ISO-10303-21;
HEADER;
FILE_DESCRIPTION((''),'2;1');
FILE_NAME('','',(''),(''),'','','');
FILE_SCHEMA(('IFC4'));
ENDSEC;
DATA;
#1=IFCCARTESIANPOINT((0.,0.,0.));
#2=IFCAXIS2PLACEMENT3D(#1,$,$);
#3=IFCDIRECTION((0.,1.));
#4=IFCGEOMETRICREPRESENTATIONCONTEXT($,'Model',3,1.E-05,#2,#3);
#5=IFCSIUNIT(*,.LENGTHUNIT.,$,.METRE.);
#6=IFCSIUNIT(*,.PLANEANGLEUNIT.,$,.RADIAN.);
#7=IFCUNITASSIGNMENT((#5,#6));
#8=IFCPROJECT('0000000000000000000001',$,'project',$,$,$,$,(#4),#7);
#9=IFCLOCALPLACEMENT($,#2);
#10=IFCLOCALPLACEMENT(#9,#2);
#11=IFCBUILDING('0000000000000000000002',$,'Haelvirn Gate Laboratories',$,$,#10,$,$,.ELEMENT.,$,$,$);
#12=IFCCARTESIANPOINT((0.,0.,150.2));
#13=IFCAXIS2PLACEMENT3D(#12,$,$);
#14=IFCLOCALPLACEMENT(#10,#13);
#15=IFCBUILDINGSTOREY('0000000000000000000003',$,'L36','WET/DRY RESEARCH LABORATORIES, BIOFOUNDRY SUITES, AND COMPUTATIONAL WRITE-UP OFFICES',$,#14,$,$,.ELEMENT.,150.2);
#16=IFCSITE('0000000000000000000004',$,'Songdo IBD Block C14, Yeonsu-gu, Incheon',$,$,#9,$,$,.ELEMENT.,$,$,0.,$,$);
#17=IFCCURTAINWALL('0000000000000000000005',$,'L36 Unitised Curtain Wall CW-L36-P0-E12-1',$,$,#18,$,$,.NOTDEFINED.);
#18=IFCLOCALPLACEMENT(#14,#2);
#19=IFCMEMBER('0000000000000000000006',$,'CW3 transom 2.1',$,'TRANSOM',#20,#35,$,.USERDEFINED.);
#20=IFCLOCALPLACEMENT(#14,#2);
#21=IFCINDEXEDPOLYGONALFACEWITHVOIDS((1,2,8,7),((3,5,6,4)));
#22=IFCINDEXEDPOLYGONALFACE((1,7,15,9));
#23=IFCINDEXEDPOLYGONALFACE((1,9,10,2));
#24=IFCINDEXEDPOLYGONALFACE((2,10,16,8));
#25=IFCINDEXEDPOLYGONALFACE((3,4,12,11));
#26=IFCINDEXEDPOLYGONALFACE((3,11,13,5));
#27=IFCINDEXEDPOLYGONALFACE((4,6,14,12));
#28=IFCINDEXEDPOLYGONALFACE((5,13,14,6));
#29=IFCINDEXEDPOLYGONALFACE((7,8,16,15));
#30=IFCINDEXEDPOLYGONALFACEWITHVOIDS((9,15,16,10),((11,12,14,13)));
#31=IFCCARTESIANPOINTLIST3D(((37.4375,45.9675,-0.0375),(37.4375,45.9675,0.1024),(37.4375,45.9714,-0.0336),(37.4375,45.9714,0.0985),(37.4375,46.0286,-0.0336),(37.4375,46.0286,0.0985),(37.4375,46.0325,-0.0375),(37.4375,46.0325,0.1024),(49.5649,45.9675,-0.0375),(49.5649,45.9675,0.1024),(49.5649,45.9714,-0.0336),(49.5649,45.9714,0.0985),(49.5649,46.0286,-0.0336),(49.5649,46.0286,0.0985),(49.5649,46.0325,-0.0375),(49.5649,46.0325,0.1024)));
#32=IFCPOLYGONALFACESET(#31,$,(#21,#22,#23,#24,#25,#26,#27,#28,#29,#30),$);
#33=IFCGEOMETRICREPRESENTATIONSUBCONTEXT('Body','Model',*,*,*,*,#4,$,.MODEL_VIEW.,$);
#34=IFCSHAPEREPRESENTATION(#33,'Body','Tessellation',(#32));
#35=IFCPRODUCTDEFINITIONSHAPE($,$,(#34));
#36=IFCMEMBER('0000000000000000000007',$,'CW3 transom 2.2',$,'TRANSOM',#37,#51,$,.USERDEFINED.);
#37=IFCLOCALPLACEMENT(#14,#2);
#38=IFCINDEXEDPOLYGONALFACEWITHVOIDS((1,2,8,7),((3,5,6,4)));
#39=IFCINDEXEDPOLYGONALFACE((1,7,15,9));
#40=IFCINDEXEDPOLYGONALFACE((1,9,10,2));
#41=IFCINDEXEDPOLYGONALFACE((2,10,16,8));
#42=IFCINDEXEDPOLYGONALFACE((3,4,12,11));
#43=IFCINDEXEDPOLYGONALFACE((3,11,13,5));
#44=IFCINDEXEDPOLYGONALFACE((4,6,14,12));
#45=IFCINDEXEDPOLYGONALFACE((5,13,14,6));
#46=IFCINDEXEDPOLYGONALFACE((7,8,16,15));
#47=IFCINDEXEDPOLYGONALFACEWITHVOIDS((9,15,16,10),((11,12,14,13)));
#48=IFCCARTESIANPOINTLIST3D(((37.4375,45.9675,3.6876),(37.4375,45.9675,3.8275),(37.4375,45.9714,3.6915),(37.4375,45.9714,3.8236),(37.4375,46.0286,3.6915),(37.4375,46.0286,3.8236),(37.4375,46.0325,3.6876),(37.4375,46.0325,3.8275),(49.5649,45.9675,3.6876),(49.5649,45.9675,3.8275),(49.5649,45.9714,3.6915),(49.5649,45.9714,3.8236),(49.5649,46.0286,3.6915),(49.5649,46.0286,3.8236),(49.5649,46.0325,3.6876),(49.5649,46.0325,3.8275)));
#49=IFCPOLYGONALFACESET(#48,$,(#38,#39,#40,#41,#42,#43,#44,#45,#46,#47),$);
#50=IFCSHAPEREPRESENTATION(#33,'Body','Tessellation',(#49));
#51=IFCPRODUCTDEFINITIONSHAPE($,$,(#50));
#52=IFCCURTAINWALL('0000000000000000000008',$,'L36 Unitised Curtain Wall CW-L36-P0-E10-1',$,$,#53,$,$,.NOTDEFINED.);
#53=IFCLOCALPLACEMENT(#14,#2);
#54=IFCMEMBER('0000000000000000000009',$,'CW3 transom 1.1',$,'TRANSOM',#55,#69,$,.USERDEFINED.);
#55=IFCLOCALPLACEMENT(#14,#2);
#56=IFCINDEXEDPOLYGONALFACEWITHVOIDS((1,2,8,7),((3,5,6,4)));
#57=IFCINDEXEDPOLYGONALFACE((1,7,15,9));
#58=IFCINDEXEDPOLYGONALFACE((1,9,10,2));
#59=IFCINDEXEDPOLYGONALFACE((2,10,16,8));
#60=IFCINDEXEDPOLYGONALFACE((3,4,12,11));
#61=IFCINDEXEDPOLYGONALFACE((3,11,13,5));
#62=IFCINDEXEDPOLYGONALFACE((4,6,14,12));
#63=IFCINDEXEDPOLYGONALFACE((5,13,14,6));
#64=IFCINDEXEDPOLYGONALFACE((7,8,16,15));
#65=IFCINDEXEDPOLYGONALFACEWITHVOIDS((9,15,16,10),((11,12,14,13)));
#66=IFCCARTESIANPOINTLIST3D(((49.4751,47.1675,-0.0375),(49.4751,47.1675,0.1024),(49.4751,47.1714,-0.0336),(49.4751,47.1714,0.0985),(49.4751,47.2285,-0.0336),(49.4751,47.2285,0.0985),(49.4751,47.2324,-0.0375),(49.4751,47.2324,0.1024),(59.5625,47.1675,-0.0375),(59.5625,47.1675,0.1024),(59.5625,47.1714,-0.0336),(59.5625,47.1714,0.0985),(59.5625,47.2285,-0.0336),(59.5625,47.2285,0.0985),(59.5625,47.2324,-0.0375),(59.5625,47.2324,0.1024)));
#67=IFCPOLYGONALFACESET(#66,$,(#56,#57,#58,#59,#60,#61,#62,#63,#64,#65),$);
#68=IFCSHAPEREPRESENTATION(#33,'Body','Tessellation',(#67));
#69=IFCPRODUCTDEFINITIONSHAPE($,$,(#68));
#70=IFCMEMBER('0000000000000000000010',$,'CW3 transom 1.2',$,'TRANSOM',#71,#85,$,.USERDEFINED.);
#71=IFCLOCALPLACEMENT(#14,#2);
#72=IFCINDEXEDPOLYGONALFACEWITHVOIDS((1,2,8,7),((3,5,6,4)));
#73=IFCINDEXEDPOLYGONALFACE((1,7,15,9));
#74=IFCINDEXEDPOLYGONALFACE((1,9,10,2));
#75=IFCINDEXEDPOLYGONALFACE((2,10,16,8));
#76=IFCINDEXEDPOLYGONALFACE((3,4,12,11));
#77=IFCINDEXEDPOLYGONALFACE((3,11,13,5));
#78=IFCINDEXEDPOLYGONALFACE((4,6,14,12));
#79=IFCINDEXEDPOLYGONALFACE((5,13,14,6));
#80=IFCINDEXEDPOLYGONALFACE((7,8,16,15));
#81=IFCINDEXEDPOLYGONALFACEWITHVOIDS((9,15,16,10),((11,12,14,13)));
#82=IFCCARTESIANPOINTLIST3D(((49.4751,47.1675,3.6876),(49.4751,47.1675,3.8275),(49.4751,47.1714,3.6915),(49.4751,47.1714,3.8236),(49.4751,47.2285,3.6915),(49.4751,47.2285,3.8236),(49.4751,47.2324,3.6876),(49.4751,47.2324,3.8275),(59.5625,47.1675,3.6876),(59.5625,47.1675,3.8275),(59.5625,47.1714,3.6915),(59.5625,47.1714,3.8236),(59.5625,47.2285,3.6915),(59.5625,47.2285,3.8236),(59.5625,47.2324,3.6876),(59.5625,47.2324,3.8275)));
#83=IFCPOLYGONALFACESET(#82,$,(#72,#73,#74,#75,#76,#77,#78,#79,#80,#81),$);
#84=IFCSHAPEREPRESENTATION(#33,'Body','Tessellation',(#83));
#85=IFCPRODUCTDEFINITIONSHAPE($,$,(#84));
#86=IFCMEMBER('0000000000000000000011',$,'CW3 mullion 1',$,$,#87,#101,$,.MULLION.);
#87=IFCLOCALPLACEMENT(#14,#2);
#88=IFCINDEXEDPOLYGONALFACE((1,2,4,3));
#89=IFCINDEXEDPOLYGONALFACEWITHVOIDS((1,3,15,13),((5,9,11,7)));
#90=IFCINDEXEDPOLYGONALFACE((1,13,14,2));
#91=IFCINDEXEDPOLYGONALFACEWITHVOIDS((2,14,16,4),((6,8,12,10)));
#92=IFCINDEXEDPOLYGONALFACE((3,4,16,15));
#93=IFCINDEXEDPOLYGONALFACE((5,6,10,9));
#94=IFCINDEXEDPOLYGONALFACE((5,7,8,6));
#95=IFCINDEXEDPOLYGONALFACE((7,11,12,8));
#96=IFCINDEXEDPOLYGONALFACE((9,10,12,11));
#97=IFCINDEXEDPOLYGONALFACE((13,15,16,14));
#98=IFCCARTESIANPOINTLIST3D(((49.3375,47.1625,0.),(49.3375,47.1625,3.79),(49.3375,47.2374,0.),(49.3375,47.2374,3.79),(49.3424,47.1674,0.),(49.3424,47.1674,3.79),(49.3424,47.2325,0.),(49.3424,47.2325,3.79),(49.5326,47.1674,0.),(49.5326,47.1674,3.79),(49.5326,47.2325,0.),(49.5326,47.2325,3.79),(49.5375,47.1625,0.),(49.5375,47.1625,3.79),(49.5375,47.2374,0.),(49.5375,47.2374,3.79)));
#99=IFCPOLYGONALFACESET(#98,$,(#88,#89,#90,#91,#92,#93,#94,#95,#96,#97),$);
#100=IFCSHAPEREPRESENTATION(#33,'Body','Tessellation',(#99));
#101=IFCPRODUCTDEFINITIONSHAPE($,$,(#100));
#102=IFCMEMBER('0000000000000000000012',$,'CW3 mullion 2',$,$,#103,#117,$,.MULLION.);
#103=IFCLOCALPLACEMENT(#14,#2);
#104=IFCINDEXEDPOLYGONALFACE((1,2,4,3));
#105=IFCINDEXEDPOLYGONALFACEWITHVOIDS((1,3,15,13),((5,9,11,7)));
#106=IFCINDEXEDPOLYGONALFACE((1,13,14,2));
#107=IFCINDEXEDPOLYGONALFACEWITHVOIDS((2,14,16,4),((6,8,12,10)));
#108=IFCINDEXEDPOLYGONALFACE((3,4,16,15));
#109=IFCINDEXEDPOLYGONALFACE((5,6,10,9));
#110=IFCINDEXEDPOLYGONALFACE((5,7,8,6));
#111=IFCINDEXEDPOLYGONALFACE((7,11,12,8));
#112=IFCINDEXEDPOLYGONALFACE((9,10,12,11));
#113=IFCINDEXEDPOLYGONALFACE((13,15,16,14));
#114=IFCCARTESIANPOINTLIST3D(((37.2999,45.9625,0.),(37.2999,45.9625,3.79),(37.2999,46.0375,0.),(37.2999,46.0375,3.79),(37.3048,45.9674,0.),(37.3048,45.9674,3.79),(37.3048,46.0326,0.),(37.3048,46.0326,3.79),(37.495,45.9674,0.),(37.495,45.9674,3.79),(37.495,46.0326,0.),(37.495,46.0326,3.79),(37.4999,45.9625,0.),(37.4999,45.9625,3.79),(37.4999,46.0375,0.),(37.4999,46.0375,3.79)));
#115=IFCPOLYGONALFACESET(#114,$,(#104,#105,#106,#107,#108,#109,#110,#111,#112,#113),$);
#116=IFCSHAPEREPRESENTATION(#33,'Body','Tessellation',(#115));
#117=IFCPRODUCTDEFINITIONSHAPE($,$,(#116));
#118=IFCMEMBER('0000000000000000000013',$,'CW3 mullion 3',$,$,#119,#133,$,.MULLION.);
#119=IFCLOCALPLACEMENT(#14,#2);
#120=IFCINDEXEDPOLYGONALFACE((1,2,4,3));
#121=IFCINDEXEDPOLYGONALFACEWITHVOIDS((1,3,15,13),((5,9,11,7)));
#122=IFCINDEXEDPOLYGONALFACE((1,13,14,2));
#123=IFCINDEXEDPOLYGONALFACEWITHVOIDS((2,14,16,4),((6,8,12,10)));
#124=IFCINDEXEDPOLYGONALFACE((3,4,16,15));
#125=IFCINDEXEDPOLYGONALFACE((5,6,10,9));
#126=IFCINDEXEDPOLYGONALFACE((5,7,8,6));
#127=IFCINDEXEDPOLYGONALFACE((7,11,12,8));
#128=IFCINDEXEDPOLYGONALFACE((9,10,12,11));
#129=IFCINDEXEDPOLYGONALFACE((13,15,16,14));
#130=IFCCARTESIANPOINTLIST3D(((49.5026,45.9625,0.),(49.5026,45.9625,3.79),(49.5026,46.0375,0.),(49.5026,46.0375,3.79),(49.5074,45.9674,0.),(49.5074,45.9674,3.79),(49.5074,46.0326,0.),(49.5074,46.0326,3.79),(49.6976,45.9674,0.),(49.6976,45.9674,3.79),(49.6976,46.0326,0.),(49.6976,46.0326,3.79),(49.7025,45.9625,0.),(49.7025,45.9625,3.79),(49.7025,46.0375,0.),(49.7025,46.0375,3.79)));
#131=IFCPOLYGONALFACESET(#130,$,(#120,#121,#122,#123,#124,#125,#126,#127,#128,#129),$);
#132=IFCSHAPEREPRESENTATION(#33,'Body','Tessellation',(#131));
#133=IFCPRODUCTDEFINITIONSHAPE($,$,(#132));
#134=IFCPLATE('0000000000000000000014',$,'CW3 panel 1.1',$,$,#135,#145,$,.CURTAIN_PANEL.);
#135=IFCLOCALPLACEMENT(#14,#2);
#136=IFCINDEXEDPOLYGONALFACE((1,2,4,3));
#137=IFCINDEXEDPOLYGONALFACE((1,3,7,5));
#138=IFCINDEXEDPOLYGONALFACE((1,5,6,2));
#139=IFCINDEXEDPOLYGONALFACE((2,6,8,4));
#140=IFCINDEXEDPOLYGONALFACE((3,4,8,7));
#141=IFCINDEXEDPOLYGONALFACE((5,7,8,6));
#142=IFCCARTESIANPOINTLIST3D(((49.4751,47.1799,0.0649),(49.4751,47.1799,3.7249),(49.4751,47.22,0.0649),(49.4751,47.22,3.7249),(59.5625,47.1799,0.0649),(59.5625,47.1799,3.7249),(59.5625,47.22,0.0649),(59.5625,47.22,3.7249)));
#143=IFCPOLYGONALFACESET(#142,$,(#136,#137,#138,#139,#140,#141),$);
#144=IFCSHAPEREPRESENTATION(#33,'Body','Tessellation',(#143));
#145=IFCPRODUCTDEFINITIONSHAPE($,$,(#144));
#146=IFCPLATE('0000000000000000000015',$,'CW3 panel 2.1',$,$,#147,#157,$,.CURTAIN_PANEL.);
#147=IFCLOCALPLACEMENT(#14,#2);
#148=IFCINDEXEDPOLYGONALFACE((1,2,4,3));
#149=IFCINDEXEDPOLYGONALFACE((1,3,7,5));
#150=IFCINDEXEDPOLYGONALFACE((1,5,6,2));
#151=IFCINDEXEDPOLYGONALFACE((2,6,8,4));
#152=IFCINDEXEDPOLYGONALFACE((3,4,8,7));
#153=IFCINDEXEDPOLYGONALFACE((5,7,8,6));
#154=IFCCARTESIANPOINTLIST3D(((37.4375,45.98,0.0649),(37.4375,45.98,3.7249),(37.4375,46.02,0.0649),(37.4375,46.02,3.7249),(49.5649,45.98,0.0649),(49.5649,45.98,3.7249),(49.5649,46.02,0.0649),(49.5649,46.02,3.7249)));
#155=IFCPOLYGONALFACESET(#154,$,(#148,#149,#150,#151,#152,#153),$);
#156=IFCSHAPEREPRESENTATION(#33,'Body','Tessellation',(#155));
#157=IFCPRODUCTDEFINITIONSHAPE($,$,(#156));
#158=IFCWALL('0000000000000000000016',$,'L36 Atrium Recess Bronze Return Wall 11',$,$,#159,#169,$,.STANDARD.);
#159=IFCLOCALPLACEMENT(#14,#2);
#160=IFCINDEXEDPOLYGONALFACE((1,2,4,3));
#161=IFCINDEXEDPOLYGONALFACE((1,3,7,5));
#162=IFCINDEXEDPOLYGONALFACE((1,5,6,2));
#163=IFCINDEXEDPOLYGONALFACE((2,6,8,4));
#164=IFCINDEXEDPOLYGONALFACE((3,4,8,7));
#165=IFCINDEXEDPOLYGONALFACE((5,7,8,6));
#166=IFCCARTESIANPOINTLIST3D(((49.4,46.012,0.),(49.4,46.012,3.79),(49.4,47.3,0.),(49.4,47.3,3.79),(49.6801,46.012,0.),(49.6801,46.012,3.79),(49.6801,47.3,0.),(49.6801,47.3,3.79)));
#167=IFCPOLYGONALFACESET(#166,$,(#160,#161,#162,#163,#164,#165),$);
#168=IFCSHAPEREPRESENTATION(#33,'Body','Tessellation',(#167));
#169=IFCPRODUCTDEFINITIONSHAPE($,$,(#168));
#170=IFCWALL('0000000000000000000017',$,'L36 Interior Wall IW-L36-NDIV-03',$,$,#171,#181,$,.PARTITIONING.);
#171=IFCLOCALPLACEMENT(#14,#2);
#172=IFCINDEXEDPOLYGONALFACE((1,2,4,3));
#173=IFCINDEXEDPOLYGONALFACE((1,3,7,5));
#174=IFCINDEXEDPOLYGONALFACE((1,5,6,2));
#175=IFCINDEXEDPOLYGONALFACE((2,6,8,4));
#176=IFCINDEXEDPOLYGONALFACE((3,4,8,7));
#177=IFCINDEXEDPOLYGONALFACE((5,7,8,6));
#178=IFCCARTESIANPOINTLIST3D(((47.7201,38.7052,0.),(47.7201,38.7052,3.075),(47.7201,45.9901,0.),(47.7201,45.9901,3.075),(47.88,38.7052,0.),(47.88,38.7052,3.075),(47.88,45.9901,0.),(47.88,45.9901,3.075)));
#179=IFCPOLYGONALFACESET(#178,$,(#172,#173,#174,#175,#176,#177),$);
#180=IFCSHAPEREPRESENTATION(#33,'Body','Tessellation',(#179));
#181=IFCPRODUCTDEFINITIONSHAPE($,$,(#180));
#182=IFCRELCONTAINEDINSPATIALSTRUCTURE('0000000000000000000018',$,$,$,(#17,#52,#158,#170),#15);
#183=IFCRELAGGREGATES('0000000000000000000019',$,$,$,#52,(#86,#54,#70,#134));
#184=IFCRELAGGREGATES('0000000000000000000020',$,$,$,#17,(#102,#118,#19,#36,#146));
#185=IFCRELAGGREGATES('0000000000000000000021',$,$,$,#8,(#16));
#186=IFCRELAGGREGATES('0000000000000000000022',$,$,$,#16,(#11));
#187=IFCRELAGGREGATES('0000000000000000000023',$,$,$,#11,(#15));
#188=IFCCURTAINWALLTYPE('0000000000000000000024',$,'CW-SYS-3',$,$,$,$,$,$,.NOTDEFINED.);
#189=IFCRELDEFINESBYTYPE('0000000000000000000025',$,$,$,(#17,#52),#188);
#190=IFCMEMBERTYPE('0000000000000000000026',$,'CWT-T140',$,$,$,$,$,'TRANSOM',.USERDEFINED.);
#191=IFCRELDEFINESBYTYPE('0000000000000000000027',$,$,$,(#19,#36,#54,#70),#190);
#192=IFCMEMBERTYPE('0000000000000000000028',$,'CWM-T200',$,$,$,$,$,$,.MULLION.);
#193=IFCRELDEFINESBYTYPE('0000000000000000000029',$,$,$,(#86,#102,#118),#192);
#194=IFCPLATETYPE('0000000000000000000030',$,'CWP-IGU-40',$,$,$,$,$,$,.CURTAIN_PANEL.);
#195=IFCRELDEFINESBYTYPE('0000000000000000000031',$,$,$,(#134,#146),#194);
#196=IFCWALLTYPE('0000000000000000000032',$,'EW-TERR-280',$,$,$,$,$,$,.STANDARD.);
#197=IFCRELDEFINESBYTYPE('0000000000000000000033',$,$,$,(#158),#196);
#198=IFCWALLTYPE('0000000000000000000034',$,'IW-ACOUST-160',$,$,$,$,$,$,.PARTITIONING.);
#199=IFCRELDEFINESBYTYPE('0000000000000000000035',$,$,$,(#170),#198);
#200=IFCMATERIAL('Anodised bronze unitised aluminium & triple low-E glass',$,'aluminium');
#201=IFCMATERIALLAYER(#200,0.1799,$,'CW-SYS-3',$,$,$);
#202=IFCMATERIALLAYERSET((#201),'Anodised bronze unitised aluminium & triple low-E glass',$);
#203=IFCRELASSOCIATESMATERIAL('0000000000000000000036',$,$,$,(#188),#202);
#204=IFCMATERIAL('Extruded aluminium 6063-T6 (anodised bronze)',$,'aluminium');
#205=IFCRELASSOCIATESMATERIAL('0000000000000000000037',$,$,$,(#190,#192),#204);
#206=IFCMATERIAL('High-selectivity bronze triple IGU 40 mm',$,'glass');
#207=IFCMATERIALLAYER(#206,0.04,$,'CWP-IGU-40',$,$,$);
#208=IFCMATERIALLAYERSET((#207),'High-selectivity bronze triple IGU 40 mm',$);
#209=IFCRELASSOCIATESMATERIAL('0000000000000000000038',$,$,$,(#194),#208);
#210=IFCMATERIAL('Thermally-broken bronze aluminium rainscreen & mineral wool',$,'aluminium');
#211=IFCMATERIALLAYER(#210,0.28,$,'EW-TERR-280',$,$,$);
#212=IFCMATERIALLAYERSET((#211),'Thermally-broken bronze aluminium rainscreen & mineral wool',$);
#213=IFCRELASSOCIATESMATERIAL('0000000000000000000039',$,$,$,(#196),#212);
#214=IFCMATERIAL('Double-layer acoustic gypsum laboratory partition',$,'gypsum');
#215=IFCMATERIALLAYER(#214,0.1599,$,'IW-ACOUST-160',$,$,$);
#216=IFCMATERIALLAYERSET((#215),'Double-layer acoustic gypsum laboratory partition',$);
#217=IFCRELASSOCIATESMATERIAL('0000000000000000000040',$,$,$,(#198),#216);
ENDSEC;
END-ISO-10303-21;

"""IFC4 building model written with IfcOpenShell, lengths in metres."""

from ifc_helpers import new_model, si_unit, direction, frame, frame_2d, origin, origin_2d, place, context, subcontext, project, spatial, rectangle, hollow_rectangle, extrude, source, transform, mapped, material, layer, layer_set, material_profile, profile_set, type_object, type_shapes, element, aggregate, save


model = new_model("IFC4")

# Units and contexts
model_context = context("Model", 3, precision=1e-05, world=origin(), true_north=direction((0.0, 1.0)))
body_context = subcontext(model_context, "Body", "Model", "MODEL_VIEW")
ifc_project = project(units=[si_unit("LENGTHUNIT", "METRE"), si_unit("PLANEANGLEUNIT", "RADIAN")], contexts=[model_context])

# Site, building, storey
site_placement = place(None, origin())
site = spatial("IfcSite", under=ifc_project, at=site_placement, Name="Songdo IBD Block C14, Yeonsu-gu, Incheon", CompositionType="ELEMENT", RefElevation=0.0)
building_placement = place(site_placement, origin())
building = spatial("IfcBuilding", under=site, at=building_placement, Name="Haelvirn Gate Laboratories", CompositionType="ELEMENT")
storey_placement = place(building_placement, frame((0.0, 0.0, 150.2)))
storey = spatial("IfcBuildingStorey", under=building, at=storey_placement, Name="L36", Description="WET/DRY RESEARCH LABORATORIES, BIOFOUNDRY SUITES, AND COMPUTATIONAL WRITE-UP OFFICES", CompositionType="ELEMENT", Elevation=150.2)

# Curtain walls, members
ifc_material_1 = material(Name="Anodised bronze unitised aluminium & triple low-E glass", Category="aluminium")
ifc_layer_1 = layer(ifc_material_1, 0.1799, Name="CW-SYS-3")
ifc_layer_set_1 = layer_set([ifc_layer_1], Name="Anodised bronze unitised aluminium & triple low-E glass")
curtain_wall_type = type_object("IfcCurtainWallType", Name="CW-SYS-3", PredefinedType="NOTDEFINED", material=ifc_layer_set_1)
curtain_wall_1_placement = place(storey_placement, origin())
curtain_wall_1 = element("IfcCurtainWall", 1, at=curtain_wall_1_placement, inside=storey, type_object=curtain_wall_type, Name="L36 Unitised Curtain Wall CW-L36-P0-E12-1", PredefinedType="NOTDEFINED")
ifc_material_2 = material(Name="Extruded aluminium 6063-T6 (anodised bronze)", Category="aluminium")
ifc_material_profile_1 = material_profile(ifc_material_2, hollow_rectangle(XDim=0.0649, YDim=0.1399, WallThickness=0.0039, at=origin_2d()), Name="CWT-140x65x4")
ifc_profile_set_1 = profile_set([ifc_material_profile_1], Name="Extruded aluminium 6063-T6 (anodised bronze)")
member_type_1 = type_object("IfcMemberType", Name="CWT-T140", ElementType="TRANSOM", PredefinedType="USERDEFINED", material=ifc_profile_set_1)
shared_shape_1 = source(origin(), body_context, "Body", "SweptSolid", [
    extrude(hollow_rectangle(XDim=0.0649, YDim=0.1399, WallThickness=0.0039, at=origin_2d()), origin(), (0.0, 0.0, 1.0), 12.1274),
])
member_1_placement = place(storey_placement, frame((37.4375, 46.0, 0.0325), z_axis=(1.0, 0.0, 0.0), x_axis=(0.0, 1.0, 0.0)))
member_1 = element("IfcMember", 2, at=member_1_placement, type_object=member_type_1, Name="CW3 transom 2.1", ObjectType="TRANSOM", PredefinedType="USERDEFINED", context=body_context, shape_type="MappedRepresentation", body=[
    mapped(shared_shape_1, transform((0.0, 0.0, 0.0), scale=1.0)),
])
member_2_placement = place(storey_placement, frame((37.4375, 46.0, 3.7576), z_axis=(1.0, 0.0, 0.0), x_axis=(0.0, 1.0, 0.0)))
member_2 = element("IfcMember", 3, at=member_2_placement, type_object=member_type_1, Name="CW3 transom 2.2", ObjectType="TRANSOM", PredefinedType="USERDEFINED", context=body_context, shape_type="MappedRepresentation", body=[
    mapped(shared_shape_1, transform((0.0, 0.0, 0.0), scale=1.0)),
])
curtain_wall_2_placement = place(storey_placement, origin())
curtain_wall_2 = element("IfcCurtainWall", 4, at=curtain_wall_2_placement, inside=storey, type_object=curtain_wall_type, Name="L36 Unitised Curtain Wall CW-L36-P0-E10-1", PredefinedType="NOTDEFINED")
shared_shape_2 = source(origin(), body_context, "Body", "SweptSolid", [
    extrude(hollow_rectangle(XDim=0.0649, YDim=0.1399, WallThickness=0.0039, at=origin_2d()), origin(), (0.0, 0.0, 1.0), 10.0874),
])
type_shapes(member_type_1, [shared_shape_1, shared_shape_2])
member_3_placement = place(storey_placement, frame((49.4751, 47.2, 0.0325), z_axis=(1.0, 0.0, 0.0), x_axis=(0.0, 1.0, 0.0)))
member_3 = element("IfcMember", 5, at=member_3_placement, type_object=member_type_1, Name="CW3 transom 1.1", ObjectType="TRANSOM", PredefinedType="USERDEFINED", context=body_context, shape_type="MappedRepresentation", body=[
    mapped(shared_shape_2, transform((0.0, 0.0, 0.0), scale=1.0)),
])
member_4_placement = place(storey_placement, frame((49.4751, 47.2, 3.7576), z_axis=(1.0, 0.0, 0.0), x_axis=(0.0, 1.0, 0.0)))
member_4 = element("IfcMember", 6, at=member_4_placement, type_object=member_type_1, Name="CW3 transom 1.2", ObjectType="TRANSOM", PredefinedType="USERDEFINED", context=body_context, shape_type="MappedRepresentation", body=[
    mapped(shared_shape_2, transform((0.0, 0.0, 0.0), scale=1.0)),
])
ifc_material_profile_2 = material_profile(ifc_material_2, hollow_rectangle(XDim=0.075, YDim=0.2, WallThickness=0.0049, at=origin_2d()), Name="CWM-200x75x5")
ifc_profile_set_2 = profile_set([ifc_material_profile_2], Name="Extruded aluminium 6063-T6 (anodised bronze)")
member_type_2 = type_object("IfcMemberType", Name="CWM-T200", PredefinedType="MULLION", material=ifc_profile_set_2)
shared_shape_3 = source(origin(), body_context, "Body", "SweptSolid", [
    extrude(hollow_rectangle(XDim=0.075, YDim=0.2, WallThickness=0.0049, at=origin_2d()), origin(), (0.0, 0.0, 1.0), 3.79),
])
type_shapes(member_type_2, [shared_shape_3])
member_5_placement = place(storey_placement, frame((49.4375, 47.2, 0.0), z_axis=(0.0, 0.0, 1.0), x_axis=(0.0, 1.0, 0.0)))
member_5 = element("IfcMember", 7, at=member_5_placement, type_object=member_type_2, Name="CW3 mullion 1", PredefinedType="MULLION", context=body_context, shape_type="MappedRepresentation", body=[
    mapped(shared_shape_3, transform((0.0, 0.0, 0.0), scale=1.0)),
])

# Members
member_6_placement = place(storey_placement, frame((37.3999, 46.0, 0.0), z_axis=(0.0, 0.0, 1.0), x_axis=(0.0, 1.0, 0.0)))
member_6 = element("IfcMember", 8, at=member_6_placement, type_object=member_type_2, Name="CW3 mullion 2", PredefinedType="MULLION", context=body_context, shape_type="MappedRepresentation", body=[
    mapped(shared_shape_3, transform((0.0, 0.0, 0.0), scale=1.0)),
])
member_7_placement = place(storey_placement, frame((49.6025, 46.0, 0.0), z_axis=(0.0, 0.0, 1.0), x_axis=(0.0, 1.0, 0.0)))
member_7 = element("IfcMember", 9, at=member_7_placement, type_object=member_type_2, Name="CW3 mullion 3", PredefinedType="MULLION", context=body_context, shape_type="MappedRepresentation", body=[
    mapped(shared_shape_3, transform((0.0, 0.0, 0.0), scale=1.0)),
])

# Plates
ifc_material_3 = material(Name="High-selectivity bronze triple IGU 40 mm", Category="glass")
ifc_layer_2 = layer(ifc_material_3, 0.04, Name="CWP-IGU-40")
ifc_layer_set_2 = layer_set([ifc_layer_2], Name="High-selectivity bronze triple IGU 40 mm")
plate_type = type_object("IfcPlateType", Name="CWP-IGU-40", PredefinedType="CURTAIN_PANEL", material=ifc_layer_set_2)
shared_shape_4 = source(origin(), body_context, "Body", "SweptSolid", [
    extrude(rectangle(XDim=10.0874, YDim=0.04, at=origin_2d()), origin(), (0.0, 0.0, 1.0), 3.6599),
])
plate_1_placement = place(storey_placement, frame((54.5188, 47.2, 0.0649), z_axis=(0.0, 0.0, 1.0), x_axis=(1.0, 0.0, 0.0)))
plate_1 = element("IfcPlate", 10, at=plate_1_placement, type_object=plate_type, Name="CW3 panel 1.1", PredefinedType="CURTAIN_PANEL", context=body_context, shape_type="MappedRepresentation", body=[
    mapped(shared_shape_4, transform((0.0, 0.0, 0.0), scale=1.0)),
])
aggregate(curtain_wall_2, [member_5, member_3, member_4, plate_1])
shared_shape_5 = source(origin(), body_context, "Body", "SweptSolid", [
    extrude(rectangle(XDim=12.1274, YDim=0.04, at=origin_2d()), origin(), (0.0, 0.0, 1.0), 3.6599),
])
type_shapes(plate_type, [shared_shape_4, shared_shape_5])
plate_2_placement = place(storey_placement, frame((43.5012, 46.0, 0.0649), z_axis=(0.0, 0.0, 1.0), x_axis=(1.0, 0.0, 0.0)))
plate_2 = element("IfcPlate", 11, at=plate_2_placement, type_object=plate_type, Name="CW3 panel 2.1", PredefinedType="CURTAIN_PANEL", context=body_context, shape_type="MappedRepresentation", body=[
    mapped(shared_shape_5, transform((0.0, 0.0, 0.0), scale=1.0)),
])
aggregate(curtain_wall_1, [member_6, member_7, member_1, member_2, plate_2])

# Walls
ifc_material_4 = material(Name="Thermally-broken bronze aluminium rainscreen & mineral wool", Category="aluminium")
ifc_layer_3 = layer(ifc_material_4, 0.28, Name="EW-TERR-280")
ifc_layer_set_3 = layer_set([ifc_layer_3], Name="Thermally-broken bronze aluminium rainscreen & mineral wool")
wall_type_1 = type_object("IfcWallType", Name="EW-TERR-280", PredefinedType="STANDARD", material=ifc_layer_set_3)
wall_1_placement = place(storey_placement, frame((49.54, 47.3, 0.0), z_axis=(0.0, 0.0, 1.0), x_axis=(0.0, -1.0, 0.0)))
element("IfcWall", 12, at=wall_1_placement, inside=storey, type_object=wall_type_1, Name="L36 Atrium Recess Bronze Return Wall 11", PredefinedType="STANDARD", context=body_context, shape_type="SweptSolid", body=[
    extrude(rectangle(XDim=1.2881, YDim=0.28, at=frame_2d((0.644, 0.0))), origin(), (0.0, 0.0, 1.0), 3.79),
])
ifc_material_5 = material(Name="Double-layer acoustic gypsum laboratory partition", Category="gypsum")
ifc_layer_4 = layer(ifc_material_5, 0.1599, Name="IW-ACOUST-160")
ifc_layer_set_4 = layer_set([ifc_layer_4], Name="Double-layer acoustic gypsum laboratory partition")
wall_type_2 = type_object("IfcWallType", Name="IW-ACOUST-160", PredefinedType="PARTITIONING", material=ifc_layer_set_4)
wall_2_placement = place(storey_placement, frame((47.8, 38.7051, 0.0), z_axis=(0.0, 0.0, 1.0), x_axis=(0.0, 1.0, 0.0)))
element("IfcWall", 13, at=wall_2_placement, inside=storey, type_object=wall_type_2, Name="L36 Interior Wall IW-L36-NDIV-03", PredefinedType="PARTITIONING", context=body_context, shape_type="SweptSolid", body=[
    extrude(rectangle(XDim=7.2849, YDim=0.1599, at=frame_2d((3.6426, 0.0))), origin(), (0.0, 0.0, 1.0), 3.075),
])

save(model, "model.ifc")
